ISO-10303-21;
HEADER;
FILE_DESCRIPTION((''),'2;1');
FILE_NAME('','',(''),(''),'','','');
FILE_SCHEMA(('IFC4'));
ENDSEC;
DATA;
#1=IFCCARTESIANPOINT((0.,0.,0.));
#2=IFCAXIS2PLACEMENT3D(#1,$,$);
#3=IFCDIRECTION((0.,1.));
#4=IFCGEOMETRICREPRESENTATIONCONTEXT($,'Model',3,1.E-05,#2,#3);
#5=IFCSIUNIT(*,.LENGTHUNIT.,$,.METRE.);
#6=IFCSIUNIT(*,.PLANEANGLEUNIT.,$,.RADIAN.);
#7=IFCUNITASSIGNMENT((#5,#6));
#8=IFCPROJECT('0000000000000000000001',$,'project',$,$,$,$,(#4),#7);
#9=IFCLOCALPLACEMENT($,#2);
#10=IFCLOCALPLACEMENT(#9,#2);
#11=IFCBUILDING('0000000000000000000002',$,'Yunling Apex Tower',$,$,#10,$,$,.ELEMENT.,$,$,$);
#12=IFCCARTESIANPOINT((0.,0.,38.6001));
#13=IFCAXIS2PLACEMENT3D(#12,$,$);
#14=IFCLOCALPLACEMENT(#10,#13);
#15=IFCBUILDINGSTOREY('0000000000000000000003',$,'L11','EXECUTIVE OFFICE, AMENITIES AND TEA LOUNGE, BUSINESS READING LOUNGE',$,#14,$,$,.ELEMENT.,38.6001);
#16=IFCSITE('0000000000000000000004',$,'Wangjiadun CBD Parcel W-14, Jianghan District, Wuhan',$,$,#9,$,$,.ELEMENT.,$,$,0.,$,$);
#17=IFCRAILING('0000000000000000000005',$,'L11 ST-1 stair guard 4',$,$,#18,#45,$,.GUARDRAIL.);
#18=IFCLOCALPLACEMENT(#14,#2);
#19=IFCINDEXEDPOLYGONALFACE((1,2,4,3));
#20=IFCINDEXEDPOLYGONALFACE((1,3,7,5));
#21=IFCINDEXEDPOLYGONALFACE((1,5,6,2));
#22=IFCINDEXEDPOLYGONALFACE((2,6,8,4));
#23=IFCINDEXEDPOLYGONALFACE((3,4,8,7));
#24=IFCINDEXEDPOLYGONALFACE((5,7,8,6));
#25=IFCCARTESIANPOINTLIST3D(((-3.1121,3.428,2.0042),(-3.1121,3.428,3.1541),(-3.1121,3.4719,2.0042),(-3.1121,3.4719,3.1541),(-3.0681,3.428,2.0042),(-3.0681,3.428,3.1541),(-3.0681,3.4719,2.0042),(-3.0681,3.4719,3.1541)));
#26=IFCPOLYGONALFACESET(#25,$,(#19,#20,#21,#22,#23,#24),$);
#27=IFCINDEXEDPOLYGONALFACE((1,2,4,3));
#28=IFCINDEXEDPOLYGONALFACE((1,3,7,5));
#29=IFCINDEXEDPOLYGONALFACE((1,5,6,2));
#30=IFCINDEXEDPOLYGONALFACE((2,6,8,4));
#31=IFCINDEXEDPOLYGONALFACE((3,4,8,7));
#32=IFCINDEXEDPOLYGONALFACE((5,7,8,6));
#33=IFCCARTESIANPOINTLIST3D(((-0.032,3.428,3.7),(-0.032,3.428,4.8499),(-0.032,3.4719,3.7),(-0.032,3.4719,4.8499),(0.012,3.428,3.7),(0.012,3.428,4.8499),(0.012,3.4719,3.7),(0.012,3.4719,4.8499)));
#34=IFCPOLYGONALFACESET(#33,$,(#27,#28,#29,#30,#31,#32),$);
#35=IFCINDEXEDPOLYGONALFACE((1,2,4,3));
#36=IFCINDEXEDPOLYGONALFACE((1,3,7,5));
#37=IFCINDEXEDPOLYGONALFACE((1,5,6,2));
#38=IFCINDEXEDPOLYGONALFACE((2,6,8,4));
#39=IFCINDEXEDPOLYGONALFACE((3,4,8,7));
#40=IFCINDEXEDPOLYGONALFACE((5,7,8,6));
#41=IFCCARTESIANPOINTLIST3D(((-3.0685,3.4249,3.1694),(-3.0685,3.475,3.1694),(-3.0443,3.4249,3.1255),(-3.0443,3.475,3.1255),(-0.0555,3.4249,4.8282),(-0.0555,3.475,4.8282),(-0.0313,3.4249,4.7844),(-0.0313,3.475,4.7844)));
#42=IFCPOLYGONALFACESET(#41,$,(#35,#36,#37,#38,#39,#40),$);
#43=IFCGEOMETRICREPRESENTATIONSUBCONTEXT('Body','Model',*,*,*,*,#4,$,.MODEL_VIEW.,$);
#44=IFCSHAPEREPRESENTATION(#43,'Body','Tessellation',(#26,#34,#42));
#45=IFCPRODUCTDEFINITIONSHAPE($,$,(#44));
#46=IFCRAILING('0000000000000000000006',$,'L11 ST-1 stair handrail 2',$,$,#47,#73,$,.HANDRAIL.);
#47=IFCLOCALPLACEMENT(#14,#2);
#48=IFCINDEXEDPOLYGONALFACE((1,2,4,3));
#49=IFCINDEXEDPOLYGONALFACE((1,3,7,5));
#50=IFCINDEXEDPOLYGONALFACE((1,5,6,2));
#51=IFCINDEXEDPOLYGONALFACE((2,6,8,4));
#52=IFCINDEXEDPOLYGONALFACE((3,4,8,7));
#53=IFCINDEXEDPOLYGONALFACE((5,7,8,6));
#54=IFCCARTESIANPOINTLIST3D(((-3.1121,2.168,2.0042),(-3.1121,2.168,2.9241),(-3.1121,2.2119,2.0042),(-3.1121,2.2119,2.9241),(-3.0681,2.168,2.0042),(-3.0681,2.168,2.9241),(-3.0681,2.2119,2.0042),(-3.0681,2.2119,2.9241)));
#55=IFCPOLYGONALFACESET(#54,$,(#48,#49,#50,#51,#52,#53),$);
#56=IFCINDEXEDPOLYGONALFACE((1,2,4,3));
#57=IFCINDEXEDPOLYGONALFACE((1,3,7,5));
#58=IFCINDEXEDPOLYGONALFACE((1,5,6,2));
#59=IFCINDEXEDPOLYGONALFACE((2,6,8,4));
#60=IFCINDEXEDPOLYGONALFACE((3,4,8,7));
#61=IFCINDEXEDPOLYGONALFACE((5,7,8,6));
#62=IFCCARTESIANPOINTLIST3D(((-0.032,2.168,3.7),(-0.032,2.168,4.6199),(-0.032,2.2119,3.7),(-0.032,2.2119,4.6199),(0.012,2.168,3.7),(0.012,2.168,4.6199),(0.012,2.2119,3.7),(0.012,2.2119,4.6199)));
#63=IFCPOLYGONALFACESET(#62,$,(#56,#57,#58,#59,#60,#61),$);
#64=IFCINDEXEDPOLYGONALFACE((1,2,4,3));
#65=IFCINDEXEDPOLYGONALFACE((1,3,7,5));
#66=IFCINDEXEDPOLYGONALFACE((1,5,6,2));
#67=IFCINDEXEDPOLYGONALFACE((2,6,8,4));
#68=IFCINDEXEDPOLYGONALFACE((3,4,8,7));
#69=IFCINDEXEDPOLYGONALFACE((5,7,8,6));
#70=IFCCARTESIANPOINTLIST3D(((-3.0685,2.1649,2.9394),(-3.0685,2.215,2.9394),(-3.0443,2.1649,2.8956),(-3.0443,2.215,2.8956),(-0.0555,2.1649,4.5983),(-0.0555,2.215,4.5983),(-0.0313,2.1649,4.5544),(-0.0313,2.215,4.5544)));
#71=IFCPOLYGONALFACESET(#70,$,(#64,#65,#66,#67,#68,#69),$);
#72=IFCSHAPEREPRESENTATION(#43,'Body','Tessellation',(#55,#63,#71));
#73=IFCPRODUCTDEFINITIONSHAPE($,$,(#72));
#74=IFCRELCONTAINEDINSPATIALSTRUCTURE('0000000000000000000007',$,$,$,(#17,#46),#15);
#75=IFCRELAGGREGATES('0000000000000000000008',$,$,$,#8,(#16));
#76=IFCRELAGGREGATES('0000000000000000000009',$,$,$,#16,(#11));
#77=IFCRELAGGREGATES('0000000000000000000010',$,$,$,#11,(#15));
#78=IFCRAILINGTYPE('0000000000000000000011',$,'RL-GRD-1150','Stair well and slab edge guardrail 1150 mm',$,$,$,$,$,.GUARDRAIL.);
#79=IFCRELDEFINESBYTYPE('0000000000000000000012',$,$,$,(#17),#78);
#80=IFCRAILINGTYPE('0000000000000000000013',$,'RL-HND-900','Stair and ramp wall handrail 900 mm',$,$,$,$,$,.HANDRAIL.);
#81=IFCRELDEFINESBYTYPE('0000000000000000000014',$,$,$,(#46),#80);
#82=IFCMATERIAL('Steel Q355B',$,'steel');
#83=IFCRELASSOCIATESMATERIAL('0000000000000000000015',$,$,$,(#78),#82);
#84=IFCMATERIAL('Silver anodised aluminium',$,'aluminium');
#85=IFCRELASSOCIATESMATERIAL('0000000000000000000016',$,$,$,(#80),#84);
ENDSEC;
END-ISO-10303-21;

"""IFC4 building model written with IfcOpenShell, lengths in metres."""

from ifc_helpers import new_model, si_unit, direction, frame, origin, origin_2d, place, context, subcontext, project, spatial, rectangle, extrude, material, type_object, element, save


model = new_model("IFC4")

# Units and contexts
model_context = context("Model", 3, precision=1e-05, world=origin(), true_north=direction((0.0, 1.0)))
body_context = subcontext(model_context, "Body", "Model", "MODEL_VIEW")
ifc_project = project(units=[si_unit("LENGTHUNIT", "METRE"), si_unit("PLANEANGLEUNIT", "RADIAN")], contexts=[model_context])

# Site, building, storey
site_placement = place(None, origin())
site = spatial("IfcSite", under=ifc_project, at=site_placement, Name="Wangjiadun CBD Parcel W-14, Jianghan District, Wuhan", CompositionType="ELEMENT", RefElevation=0.0)
building_placement = place(site_placement, origin())
building = spatial("IfcBuilding", under=site, at=building_placement, Name="Yunling Apex Tower", CompositionType="ELEMENT")
storey_placement = place(building_placement, frame((0.0, 0.0, 38.6001)))
storey = spatial("IfcBuildingStorey", under=building, at=storey_placement, Name="L11", Description="EXECUTIVE OFFICE, AMENITIES AND TEA LOUNGE, BUSINESS READING LOUNGE", CompositionType="ELEMENT", Elevation=38.6001)

# Shared definitions
ifc_material_1 = material(Name="Steel Q355B", Category="steel")

# Shared definitions
ifc_material_2 = material(Name="Silver anodised aluminium", Category="aluminium")

# Railings
railing_type_1 = type_object("IfcRailingType", Name="RL-GRD-1150", Description="Stair well and slab edge guardrail 1150 mm", PredefinedType="GUARDRAIL", material=ifc_material_1)
railing_1_placement = place(storey_placement, frame((-3.0901, 3.45, 2.0042)))
element("IfcRailing", 1, at=railing_1_placement, inside=storey, type_object=railing_type_1, Name="L11 ST-1 stair guard 4", PredefinedType="GUARDRAIL", context=body_context, shape_type="SweptSolid", body=[
    extrude(rectangle(XDim=0.0439, YDim=0.0439, at=origin_2d()), origin(), (0.0, 0.0, 1.0), 1.1499),
    extrude(rectangle(XDim=0.0439, YDim=0.0439, at=origin_2d()), frame((3.0801, 0.0, 1.6958)), (0.0, 0.0, 1.0), 1.1499),
    extrude(rectangle(XDim=0.05, YDim=0.05, at=origin_2d()), frame((0.0337, 0.0, 1.1433), z_axis=(0.876005, 0.0, 0.482303), x_axis=(0.0, 1.0, 0.0)), (0.0, 0.0, 1.0), 3.4395),
])
railing_type_2 = type_object("IfcRailingType", Name="RL-HND-900", Description="Stair and ramp wall handrail 900 mm", PredefinedType="HANDRAIL", material=ifc_material_2)
railing_2_placement = place(storey_placement, frame((-3.0901, 2.1899, 2.0042)))
element("IfcRailing", 2, at=railing_2_placement, inside=storey, type_object=railing_type_2, Name="L11 ST-1 stair handrail 2", PredefinedType="HANDRAIL", context=body_context, shape_type="SweptSolid", body=[
    extrude(rectangle(XDim=0.0439, YDim=0.0439, at=origin_2d()), origin(), (0.0, 0.0, 1.0), 0.9199),
    extrude(rectangle(XDim=0.0439, YDim=0.0439, at=origin_2d()), frame((3.0801, 0.0, 1.6958)), (0.0, 0.0, 1.0), 0.9199),
    extrude(rectangle(XDim=0.05, YDim=0.05, at=origin_2d()), frame((0.0337, 0.0, 0.9133), z_axis=(0.876005, 0.0, 0.482303), x_axis=(0.0, 1.0, 0.0)), (0.0, 0.0, 1.0), 3.4395),
])

save(model, "model.ifc")
